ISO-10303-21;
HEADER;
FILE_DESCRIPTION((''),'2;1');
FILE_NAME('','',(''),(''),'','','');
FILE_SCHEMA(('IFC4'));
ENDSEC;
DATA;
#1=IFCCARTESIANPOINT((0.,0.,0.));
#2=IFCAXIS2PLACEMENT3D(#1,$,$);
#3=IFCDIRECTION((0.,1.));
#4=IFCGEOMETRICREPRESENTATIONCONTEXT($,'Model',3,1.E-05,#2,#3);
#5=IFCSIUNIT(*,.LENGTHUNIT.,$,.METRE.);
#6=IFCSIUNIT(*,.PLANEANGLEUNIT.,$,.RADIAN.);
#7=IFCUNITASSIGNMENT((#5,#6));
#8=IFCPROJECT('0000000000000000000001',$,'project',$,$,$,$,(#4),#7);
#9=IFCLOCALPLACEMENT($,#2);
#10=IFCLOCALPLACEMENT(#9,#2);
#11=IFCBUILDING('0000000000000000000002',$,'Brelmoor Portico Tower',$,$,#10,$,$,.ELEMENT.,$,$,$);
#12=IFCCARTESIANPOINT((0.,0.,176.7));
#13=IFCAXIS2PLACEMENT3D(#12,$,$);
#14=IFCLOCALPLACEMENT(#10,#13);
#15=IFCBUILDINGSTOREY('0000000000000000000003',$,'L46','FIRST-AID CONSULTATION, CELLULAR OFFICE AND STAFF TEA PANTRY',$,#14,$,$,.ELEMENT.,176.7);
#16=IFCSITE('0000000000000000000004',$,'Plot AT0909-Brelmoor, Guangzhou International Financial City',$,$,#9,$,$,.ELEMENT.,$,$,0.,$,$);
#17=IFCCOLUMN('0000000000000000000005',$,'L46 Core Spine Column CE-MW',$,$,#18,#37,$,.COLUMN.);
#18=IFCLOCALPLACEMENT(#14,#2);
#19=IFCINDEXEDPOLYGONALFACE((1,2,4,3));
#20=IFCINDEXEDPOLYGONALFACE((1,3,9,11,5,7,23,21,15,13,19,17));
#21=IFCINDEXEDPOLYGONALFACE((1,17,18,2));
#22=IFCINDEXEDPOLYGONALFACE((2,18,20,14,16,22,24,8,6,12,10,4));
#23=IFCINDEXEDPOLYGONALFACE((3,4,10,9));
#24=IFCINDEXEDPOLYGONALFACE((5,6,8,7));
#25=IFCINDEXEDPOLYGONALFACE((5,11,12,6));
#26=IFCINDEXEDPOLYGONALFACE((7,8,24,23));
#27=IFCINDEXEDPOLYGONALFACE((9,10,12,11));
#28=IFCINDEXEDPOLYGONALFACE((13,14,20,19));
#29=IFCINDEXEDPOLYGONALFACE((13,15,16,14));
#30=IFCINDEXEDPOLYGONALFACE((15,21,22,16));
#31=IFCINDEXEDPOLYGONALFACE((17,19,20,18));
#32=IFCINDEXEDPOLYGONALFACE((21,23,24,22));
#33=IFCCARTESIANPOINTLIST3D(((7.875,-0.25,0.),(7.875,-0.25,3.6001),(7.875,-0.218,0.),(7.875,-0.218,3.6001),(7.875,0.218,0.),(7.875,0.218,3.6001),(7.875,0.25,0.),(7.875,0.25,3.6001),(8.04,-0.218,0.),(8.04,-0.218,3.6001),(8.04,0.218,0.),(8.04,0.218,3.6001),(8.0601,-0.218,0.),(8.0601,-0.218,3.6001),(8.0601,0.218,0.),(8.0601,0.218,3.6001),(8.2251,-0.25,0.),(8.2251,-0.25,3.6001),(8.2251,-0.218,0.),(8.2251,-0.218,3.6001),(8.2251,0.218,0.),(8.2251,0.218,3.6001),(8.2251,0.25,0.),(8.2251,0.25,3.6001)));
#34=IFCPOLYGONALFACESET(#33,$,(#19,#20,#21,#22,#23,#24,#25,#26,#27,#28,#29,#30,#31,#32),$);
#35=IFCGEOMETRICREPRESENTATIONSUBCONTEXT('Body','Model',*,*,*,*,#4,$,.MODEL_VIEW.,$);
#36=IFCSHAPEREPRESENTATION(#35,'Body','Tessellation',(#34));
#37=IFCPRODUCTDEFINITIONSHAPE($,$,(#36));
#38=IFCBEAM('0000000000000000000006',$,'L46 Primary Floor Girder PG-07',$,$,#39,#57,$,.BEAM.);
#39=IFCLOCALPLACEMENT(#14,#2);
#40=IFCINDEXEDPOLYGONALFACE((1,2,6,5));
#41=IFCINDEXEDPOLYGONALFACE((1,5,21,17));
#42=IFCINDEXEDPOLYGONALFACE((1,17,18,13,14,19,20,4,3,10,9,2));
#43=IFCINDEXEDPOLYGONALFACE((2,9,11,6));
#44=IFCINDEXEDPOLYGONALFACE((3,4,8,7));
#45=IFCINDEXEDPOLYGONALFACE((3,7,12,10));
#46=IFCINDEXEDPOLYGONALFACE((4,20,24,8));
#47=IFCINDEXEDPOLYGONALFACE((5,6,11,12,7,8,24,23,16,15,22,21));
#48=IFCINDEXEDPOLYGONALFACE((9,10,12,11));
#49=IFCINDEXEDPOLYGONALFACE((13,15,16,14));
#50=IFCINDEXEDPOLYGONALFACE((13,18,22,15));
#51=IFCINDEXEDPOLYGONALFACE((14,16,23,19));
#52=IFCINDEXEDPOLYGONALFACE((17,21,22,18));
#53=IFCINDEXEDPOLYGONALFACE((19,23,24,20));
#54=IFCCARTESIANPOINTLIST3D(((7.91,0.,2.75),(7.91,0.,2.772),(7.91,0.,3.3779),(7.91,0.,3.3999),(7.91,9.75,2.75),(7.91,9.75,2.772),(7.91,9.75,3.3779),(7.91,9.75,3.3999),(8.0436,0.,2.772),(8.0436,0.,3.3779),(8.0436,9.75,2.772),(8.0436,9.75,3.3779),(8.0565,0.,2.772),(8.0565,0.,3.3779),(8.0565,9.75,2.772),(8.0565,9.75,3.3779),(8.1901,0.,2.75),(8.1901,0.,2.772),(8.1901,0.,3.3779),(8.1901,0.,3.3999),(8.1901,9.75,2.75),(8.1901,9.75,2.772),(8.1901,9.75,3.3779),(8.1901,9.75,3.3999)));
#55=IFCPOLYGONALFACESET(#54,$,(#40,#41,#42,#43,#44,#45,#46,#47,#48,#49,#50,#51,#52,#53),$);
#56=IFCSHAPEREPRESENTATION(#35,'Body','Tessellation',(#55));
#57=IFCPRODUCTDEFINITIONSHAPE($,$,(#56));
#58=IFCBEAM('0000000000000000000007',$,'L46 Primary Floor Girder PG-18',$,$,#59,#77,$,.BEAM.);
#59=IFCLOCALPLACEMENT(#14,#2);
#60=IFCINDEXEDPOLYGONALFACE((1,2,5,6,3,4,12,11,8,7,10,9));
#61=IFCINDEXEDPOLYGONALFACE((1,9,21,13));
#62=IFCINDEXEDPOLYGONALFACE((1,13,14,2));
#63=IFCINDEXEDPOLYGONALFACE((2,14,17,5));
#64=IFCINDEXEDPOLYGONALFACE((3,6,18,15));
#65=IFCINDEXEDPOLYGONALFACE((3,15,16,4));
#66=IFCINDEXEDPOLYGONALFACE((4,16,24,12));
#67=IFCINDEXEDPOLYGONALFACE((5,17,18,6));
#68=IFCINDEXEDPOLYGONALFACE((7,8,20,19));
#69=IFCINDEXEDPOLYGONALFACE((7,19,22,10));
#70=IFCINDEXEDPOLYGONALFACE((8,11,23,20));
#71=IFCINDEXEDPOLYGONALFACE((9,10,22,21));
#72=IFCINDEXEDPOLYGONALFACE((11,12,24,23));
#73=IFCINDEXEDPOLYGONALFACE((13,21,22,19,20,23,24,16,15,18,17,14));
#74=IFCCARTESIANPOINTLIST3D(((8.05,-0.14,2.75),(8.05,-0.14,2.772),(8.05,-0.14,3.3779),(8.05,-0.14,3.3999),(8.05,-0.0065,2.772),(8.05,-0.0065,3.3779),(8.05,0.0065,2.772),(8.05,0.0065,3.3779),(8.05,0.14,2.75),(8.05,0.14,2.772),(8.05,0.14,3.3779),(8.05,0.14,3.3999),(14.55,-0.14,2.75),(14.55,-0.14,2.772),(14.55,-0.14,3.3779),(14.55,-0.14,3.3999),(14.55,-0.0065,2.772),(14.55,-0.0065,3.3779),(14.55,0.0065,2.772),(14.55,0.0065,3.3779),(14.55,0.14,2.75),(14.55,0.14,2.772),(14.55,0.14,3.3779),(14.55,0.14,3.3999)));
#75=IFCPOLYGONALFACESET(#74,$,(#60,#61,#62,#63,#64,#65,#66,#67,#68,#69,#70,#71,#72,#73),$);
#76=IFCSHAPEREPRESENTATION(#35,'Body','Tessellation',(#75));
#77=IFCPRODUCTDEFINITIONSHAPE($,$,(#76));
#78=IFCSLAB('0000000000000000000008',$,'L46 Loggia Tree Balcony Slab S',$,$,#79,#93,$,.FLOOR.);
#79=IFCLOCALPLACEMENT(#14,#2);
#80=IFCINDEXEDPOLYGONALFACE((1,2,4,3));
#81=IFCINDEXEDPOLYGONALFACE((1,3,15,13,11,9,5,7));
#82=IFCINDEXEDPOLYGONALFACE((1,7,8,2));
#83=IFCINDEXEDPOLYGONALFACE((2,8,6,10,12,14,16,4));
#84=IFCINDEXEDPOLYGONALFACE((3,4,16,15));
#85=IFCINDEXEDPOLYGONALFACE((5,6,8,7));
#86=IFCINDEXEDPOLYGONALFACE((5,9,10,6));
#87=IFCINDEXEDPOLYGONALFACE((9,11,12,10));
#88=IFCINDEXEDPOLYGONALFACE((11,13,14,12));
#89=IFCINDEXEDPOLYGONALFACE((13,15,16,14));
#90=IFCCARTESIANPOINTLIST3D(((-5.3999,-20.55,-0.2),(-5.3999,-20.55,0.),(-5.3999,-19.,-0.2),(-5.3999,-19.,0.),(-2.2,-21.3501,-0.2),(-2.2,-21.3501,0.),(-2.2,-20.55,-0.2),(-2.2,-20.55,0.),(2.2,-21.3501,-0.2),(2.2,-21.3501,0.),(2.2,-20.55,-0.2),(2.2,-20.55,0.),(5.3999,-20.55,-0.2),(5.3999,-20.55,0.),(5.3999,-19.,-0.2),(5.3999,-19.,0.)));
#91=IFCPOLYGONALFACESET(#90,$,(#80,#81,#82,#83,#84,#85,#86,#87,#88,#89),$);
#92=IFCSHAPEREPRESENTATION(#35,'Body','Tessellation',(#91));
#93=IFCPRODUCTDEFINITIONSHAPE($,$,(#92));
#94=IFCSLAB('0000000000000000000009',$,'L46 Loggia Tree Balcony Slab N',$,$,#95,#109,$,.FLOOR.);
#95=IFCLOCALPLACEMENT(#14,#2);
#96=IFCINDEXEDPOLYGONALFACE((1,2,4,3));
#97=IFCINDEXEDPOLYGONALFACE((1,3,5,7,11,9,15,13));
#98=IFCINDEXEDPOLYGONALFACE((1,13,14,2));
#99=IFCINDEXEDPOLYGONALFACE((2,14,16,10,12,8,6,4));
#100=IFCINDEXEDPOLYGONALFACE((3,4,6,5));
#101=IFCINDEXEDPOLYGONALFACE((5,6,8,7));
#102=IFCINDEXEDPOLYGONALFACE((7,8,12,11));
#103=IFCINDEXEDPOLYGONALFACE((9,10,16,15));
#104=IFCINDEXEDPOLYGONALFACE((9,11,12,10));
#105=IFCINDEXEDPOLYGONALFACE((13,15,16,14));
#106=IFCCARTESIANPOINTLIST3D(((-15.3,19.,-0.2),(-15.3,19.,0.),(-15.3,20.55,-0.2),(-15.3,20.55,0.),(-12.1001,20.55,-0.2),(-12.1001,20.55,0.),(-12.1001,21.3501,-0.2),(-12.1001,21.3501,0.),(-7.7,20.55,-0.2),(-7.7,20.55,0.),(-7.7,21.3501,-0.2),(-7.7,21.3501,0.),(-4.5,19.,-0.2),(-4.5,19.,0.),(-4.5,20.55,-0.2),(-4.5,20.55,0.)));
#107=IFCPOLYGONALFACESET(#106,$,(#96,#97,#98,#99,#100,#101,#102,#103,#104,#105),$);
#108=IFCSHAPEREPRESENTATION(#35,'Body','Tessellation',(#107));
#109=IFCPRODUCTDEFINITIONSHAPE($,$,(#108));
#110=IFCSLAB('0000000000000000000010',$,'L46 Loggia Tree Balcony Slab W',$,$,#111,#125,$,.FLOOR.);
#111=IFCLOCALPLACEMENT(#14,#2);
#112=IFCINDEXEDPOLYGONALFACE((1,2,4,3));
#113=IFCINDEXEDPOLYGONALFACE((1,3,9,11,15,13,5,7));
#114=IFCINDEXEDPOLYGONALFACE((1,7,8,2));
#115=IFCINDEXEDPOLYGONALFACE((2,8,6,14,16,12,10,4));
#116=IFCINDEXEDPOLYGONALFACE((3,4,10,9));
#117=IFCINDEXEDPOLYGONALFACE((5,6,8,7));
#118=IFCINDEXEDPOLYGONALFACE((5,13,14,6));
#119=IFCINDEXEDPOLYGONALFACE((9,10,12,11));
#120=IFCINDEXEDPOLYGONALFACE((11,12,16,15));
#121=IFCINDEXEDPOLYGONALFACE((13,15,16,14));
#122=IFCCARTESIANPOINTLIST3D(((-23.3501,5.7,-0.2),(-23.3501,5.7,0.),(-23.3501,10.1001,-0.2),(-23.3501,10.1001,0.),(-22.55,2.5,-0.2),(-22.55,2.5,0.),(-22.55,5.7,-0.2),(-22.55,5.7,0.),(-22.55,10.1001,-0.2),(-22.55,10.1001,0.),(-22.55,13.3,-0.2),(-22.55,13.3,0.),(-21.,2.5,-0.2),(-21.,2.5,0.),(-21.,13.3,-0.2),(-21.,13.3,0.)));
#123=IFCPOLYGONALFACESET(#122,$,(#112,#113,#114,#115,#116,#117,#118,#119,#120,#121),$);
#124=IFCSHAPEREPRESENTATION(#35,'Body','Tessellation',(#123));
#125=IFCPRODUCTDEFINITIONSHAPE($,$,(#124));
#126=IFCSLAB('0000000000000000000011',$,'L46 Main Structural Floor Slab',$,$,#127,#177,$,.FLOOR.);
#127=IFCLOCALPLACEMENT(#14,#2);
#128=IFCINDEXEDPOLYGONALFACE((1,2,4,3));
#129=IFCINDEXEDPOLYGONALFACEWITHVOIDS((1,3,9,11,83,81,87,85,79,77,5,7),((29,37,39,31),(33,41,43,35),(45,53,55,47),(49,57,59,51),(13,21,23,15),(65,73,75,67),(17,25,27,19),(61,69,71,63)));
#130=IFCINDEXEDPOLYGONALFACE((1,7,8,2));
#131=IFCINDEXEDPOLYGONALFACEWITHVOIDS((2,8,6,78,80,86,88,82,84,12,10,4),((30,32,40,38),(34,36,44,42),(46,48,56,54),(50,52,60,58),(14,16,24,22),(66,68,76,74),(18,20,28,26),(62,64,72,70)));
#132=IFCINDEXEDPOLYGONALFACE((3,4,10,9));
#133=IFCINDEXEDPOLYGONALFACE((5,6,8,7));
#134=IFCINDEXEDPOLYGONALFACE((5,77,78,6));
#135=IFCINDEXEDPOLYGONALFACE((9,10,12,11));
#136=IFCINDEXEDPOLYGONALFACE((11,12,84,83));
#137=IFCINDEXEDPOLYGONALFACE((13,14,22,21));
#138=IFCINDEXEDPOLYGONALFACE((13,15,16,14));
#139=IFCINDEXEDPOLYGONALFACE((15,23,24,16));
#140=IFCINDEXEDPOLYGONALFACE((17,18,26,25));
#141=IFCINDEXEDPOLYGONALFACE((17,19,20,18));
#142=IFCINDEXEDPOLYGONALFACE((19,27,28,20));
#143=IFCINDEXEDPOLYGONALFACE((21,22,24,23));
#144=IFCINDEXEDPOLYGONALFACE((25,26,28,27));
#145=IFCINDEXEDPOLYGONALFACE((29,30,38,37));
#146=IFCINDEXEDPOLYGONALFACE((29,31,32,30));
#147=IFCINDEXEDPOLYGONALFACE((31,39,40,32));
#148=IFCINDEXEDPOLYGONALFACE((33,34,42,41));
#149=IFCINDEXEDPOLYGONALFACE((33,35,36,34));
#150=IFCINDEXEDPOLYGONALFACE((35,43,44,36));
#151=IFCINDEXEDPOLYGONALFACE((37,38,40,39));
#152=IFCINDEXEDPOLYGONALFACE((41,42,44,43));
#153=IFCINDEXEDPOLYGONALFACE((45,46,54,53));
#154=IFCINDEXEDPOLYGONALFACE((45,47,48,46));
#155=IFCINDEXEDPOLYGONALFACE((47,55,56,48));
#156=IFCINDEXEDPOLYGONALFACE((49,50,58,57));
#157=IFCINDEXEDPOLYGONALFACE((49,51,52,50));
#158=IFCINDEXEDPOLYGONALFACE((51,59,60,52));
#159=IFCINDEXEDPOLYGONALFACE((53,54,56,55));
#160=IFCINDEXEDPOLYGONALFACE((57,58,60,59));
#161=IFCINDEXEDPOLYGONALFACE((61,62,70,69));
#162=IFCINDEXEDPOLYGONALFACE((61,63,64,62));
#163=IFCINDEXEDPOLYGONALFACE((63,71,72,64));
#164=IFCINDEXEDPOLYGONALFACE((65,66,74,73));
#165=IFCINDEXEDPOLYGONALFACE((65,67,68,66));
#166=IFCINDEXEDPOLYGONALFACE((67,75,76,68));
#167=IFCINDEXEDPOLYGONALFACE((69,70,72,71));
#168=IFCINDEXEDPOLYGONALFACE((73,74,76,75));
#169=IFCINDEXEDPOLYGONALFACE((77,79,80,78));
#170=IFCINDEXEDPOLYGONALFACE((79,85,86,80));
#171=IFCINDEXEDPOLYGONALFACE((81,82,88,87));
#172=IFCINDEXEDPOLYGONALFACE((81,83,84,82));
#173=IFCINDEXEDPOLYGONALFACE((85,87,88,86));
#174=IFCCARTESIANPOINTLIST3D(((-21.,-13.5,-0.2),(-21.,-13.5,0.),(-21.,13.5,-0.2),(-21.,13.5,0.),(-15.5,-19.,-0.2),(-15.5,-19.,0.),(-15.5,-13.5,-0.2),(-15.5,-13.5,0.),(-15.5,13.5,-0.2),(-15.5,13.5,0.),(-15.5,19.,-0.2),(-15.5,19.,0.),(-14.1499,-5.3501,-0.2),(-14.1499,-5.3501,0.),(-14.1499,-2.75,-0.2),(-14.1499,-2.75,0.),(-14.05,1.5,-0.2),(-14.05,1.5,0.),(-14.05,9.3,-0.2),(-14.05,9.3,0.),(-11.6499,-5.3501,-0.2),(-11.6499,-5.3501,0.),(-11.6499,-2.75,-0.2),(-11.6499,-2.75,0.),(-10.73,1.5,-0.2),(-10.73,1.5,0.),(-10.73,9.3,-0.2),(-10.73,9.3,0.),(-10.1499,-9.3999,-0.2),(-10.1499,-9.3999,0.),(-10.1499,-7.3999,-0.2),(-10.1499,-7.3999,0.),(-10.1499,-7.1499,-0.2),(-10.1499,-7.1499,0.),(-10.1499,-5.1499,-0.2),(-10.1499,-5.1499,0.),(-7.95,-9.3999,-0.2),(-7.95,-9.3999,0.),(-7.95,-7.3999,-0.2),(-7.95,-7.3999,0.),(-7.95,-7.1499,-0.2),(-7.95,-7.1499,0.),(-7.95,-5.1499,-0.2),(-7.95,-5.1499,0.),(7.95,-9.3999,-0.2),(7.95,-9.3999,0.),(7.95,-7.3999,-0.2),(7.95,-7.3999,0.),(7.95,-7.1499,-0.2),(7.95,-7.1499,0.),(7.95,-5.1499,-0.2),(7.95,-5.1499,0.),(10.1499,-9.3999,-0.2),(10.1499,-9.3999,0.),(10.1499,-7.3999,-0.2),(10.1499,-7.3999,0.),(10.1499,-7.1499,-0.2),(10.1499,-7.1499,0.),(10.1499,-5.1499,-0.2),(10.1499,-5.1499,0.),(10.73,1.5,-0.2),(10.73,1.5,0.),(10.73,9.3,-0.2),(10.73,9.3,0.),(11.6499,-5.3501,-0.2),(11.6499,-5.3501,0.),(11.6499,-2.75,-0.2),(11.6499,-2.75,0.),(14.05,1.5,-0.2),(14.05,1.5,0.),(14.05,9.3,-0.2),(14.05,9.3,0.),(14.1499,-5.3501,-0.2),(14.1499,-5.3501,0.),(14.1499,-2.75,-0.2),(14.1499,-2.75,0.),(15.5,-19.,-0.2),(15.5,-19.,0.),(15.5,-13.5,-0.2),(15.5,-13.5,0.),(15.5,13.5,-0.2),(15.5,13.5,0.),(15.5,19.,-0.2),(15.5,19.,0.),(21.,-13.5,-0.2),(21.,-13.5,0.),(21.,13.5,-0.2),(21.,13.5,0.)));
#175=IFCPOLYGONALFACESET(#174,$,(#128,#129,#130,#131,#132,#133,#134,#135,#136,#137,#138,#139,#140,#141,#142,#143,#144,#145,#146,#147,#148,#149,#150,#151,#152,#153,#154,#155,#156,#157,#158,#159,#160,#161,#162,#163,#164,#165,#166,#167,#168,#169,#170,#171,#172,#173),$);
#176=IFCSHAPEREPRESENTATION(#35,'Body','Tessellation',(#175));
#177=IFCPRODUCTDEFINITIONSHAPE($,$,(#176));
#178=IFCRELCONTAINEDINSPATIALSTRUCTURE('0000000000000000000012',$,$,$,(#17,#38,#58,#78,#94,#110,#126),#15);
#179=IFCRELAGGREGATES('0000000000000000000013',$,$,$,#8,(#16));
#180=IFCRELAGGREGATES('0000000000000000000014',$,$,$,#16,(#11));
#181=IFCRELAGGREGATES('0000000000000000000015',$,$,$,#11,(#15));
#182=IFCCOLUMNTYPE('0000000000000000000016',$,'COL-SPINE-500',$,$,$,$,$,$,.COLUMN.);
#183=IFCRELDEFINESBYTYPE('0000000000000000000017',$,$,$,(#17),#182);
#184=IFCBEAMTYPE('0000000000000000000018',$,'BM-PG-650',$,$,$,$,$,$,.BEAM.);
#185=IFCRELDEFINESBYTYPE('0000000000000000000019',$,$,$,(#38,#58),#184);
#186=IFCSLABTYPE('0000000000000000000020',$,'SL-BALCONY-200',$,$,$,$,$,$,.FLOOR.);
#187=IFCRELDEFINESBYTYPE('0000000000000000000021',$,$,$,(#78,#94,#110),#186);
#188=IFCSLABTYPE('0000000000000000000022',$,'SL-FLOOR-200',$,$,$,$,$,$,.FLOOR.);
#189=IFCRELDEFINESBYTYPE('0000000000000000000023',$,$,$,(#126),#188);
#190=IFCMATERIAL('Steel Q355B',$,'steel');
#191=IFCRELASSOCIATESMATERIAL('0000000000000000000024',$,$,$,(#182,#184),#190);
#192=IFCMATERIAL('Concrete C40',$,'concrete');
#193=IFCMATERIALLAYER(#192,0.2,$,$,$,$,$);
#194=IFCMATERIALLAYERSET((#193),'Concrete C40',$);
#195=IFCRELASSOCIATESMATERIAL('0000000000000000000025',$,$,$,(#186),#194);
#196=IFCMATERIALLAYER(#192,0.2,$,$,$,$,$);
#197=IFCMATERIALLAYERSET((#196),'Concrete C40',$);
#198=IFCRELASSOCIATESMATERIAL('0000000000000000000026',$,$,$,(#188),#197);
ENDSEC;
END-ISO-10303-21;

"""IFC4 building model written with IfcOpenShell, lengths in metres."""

from ifc_helpers import new_model, si_unit, direction, frame, origin, origin_2d, place, context, subcontext, project, spatial, polyline, i_section, outline, extrude, material, layer, layer_set, material_profile, profile_set, type_object, element, save


model = new_model("IFC4")

# Units and contexts
model_context = context("Model", 3, precision=1e-05, world=origin(), true_north=direction((0.0, 1.0)))
body_context = subcontext(model_context, "Body", "Model", "MODEL_VIEW")
ifc_project = project(units=[si_unit("LENGTHUNIT", "METRE"), si_unit("PLANEANGLEUNIT", "RADIAN")], contexts=[model_context])

# Site, building, storey
site_placement = place(None, origin())
site = spatial("IfcSite", under=ifc_project, at=site_placement, Name="Plot AT0909-Brelmoor, Guangzhou International Financial City", CompositionType="ELEMENT", RefElevation=0.0)
building_placement = place(site_placement, origin())
building = spatial("IfcBuilding", under=site, at=building_placement, Name="Brelmoor Portico Tower", CompositionType="ELEMENT")
storey_placement = place(building_placement, frame((0.0, 0.0, 176.7)))
storey = spatial("IfcBuildingStorey", under=building, at=storey_placement, Name="L46", Description="FIRST-AID CONSULTATION, CELLULAR OFFICE AND STAFF TEA PANTRY", CompositionType="ELEMENT", Elevation=176.7)

# Column
ifc_material_1 = material(Name="Steel Q355B", Category="steel")
ifc_material_profile_1 = material_profile(ifc_material_1, i_section(OverallWidth=0.3501, OverallDepth=0.5, WebThickness=0.02, FlangeThickness=0.032, at=origin_2d()), Name="HW 500x350x20x32")
ifc_profile_set_1 = profile_set([ifc_material_profile_1], Name="Steel Q355B")
column_type = type_object("IfcColumnType", Name="COL-SPINE-500", PredefinedType="COLUMN", material=ifc_profile_set_1)
column_placement = place(storey_placement, frame((8.05, 0.0, 0.0), z_axis=(0.0, 0.0, 1.0), x_axis=(1.0, 0.0, 0.0)))
element("IfcColumn", 1, at=column_placement, inside=storey, type_object=column_type, Name="L46 Core Spine Column CE-MW", PredefinedType="COLUMN", context=body_context, shape_type="SweptSolid", body=[
    extrude(i_section(OverallWidth=0.3501, OverallDepth=0.5, WebThickness=0.02, FlangeThickness=0.032, at=origin_2d()), origin(), (0.0, 0.0, 1.0), 3.6001),
])

# Beams
ifc_material_profile_2 = material_profile(ifc_material_1, i_section(OverallWidth=0.28, OverallDepth=0.6499, WebThickness=0.0129, FlangeThickness=0.022, at=origin_2d()), Name="HN 650x280x13x22")
ifc_profile_set_2 = profile_set([ifc_material_profile_2], Name="Steel Q355B")
beam_type = type_object("IfcBeamType", Name="BM-PG-650", PredefinedType="BEAM", material=ifc_profile_set_2)
beam_1_placement = place(storey_placement, frame((8.05, 0.0, 3.075), z_axis=(0.0, 1.0, 0.0), x_axis=(-1.0, 0.0, 0.0)))
element("IfcBeam", 2, at=beam_1_placement, inside=storey, type_object=beam_type, Name="L46 Primary Floor Girder PG-07", PredefinedType="BEAM", context=body_context, shape_type="SweptSolid", body=[
    extrude(i_section(OverallWidth=0.28, OverallDepth=0.6499, WebThickness=0.0129, FlangeThickness=0.022, at=origin_2d()), origin(), (0.0, 0.0, 1.0), 9.75),
])
beam_2_placement = place(storey_placement, frame((8.05, 0.0, 3.075), z_axis=(1.0, 0.0, 0.0), x_axis=(0.0, 1.0, 0.0)))
element("IfcBeam", 3, at=beam_2_placement, inside=storey, type_object=beam_type, Name="L46 Primary Floor Girder PG-18", PredefinedType="BEAM", context=body_context, shape_type="SweptSolid", body=[
    extrude(i_section(OverallWidth=0.28, OverallDepth=0.6499, WebThickness=0.0129, FlangeThickness=0.022, at=origin_2d()), origin(), (0.0, 0.0, 1.0), 6.5),
])

# Slabs
ifc_material_2 = material(Name="Concrete C40", Category="concrete")
ifc_layer_1 = layer(ifc_material_2, 0.2)
ifc_layer_set_1 = layer_set([ifc_layer_1], Name="Concrete C40")
slab_type_1 = type_object("IfcSlabType", Name="SL-BALCONY-200", PredefinedType="FLOOR", material=ifc_layer_set_1)
slab_1_placement = place(storey_placement, frame((0.0, 0.0, -0.2)))
element("IfcSlab", 4, at=slab_1_placement, inside=storey, type_object=slab_type_1, Name="L46 Loggia Tree Balcony Slab S", PredefinedType="FLOOR", context=body_context, shape_type="SweptSolid", body=[
    extrude(outline(polyline([(-5.3999, -20.55), (-2.2, -20.55), (-2.2, -21.3501), (2.2, -21.3501), (2.2, -20.55), (5.3999, -20.55), (5.3999, -19.0), (-5.3999, -19.0), (-5.3999, -20.55)])), origin(), (0.0, 0.0, 1.0), 0.2),
])
slab_2_placement = place(storey_placement, frame((0.0, 0.0, -0.2)))
element("IfcSlab", 5, at=slab_2_placement, inside=storey, type_object=slab_type_1, Name="L46 Loggia Tree Balcony Slab N", PredefinedType="FLOOR", context=body_context, shape_type="SweptSolid", body=[
    extrude(outline(polyline([(-15.3, 19.0), (-4.5, 19.0), (-4.5, 20.55), (-7.7, 20.55), (-7.7, 21.3501), (-12.1001, 21.3501), (-12.1001, 20.55), (-15.3, 20.55), (-15.3, 19.0)])), origin(), (0.0, 0.0, 1.0), 0.2),
])
slab_3_placement = place(storey_placement, frame((0.0, 0.0, -0.2)))
element("IfcSlab", 6, at=slab_3_placement, inside=storey, type_object=slab_type_1, Name="L46 Loggia Tree Balcony Slab W", PredefinedType="FLOOR", context=body_context, shape_type="SweptSolid", body=[
    extrude(outline(polyline([(-22.55, 2.5), (-21.0, 2.5), (-21.0, 13.3), (-22.55, 13.3), (-22.55, 10.1001), (-23.3501, 10.1001), (-23.3501, 5.7), (-22.55, 5.7), (-22.55, 2.5)])), origin(), (0.0, 0.0, 1.0), 0.2),
])
ifc_layer_2 = layer(ifc_material_2, 0.2)
ifc_layer_set_2 = layer_set([ifc_layer_2], Name="Concrete C40")
slab_type_2 = type_object("IfcSlabType", Name="SL-FLOOR-200", PredefinedType="FLOOR", material=ifc_layer_set_2)
slab_4_placement = place(storey_placement, frame((0.0, 0.0, -0.2)))
element("IfcSlab", 7, at=slab_4_placement, inside=storey, type_object=slab_type_2, Name="L46 Main Structural Floor Slab", PredefinedType="FLOOR", context=body_context, shape_type="SweptSolid", body=[
    extrude(outline(polyline([(-15.5, -19.0), (15.5, -19.0), (15.5, -13.5), (21.0, -13.5), (21.0, 13.5), (15.5, 13.5), (15.5, 19.0), (-15.5, 19.0), (-15.5, 13.5), (-21.0, 13.5), (-21.0, -13.5), (-15.5, -13.5), (-15.5, -19.0)]), holes=[polyline([(-10.73, 1.5), (-10.73, 9.3), (-14.05, 9.3), (-14.05, 1.5), (-10.73, 1.5)]), polyline([(14.05, 1.5), (14.05, 9.3), (10.73, 9.3), (10.73, 1.5), (14.05, 1.5)]), polyline([(-10.1499, -9.3999), (-7.95, -9.3999), (-7.95, -7.3999), (-10.1499, -7.3999), (-10.1499, -9.3999)]), polyline([(-10.1499, -7.1499), (-7.95, -7.1499), (-7.95, -5.1499), (-10.1499, -5.1499), (-10.1499, -7.1499)]), polyline([(7.95, -9.3999), (10.1499, -9.3999), (10.1499, -7.3999), (7.95, -7.3999), (7.95, -9.3999)]), polyline([(7.95, -7.1499), (10.1499, -7.1499), (10.1499, -5.1499), (7.95, -5.1499), (7.95, -7.1499)]), polyline([(-14.1499, -5.3501), (-11.6499, -5.3501), (-11.6499, -2.75), (-14.1499, -2.75), (-14.1499, -5.3501)]), polyline([(11.6499, -5.3501), (14.1499, -5.3501), (14.1499, -2.75), (11.6499, -2.75), (11.6499, -5.3501)])]), origin(), (0.0, 0.0, 1.0), 0.2),
])

save(model, "model.ifc")
